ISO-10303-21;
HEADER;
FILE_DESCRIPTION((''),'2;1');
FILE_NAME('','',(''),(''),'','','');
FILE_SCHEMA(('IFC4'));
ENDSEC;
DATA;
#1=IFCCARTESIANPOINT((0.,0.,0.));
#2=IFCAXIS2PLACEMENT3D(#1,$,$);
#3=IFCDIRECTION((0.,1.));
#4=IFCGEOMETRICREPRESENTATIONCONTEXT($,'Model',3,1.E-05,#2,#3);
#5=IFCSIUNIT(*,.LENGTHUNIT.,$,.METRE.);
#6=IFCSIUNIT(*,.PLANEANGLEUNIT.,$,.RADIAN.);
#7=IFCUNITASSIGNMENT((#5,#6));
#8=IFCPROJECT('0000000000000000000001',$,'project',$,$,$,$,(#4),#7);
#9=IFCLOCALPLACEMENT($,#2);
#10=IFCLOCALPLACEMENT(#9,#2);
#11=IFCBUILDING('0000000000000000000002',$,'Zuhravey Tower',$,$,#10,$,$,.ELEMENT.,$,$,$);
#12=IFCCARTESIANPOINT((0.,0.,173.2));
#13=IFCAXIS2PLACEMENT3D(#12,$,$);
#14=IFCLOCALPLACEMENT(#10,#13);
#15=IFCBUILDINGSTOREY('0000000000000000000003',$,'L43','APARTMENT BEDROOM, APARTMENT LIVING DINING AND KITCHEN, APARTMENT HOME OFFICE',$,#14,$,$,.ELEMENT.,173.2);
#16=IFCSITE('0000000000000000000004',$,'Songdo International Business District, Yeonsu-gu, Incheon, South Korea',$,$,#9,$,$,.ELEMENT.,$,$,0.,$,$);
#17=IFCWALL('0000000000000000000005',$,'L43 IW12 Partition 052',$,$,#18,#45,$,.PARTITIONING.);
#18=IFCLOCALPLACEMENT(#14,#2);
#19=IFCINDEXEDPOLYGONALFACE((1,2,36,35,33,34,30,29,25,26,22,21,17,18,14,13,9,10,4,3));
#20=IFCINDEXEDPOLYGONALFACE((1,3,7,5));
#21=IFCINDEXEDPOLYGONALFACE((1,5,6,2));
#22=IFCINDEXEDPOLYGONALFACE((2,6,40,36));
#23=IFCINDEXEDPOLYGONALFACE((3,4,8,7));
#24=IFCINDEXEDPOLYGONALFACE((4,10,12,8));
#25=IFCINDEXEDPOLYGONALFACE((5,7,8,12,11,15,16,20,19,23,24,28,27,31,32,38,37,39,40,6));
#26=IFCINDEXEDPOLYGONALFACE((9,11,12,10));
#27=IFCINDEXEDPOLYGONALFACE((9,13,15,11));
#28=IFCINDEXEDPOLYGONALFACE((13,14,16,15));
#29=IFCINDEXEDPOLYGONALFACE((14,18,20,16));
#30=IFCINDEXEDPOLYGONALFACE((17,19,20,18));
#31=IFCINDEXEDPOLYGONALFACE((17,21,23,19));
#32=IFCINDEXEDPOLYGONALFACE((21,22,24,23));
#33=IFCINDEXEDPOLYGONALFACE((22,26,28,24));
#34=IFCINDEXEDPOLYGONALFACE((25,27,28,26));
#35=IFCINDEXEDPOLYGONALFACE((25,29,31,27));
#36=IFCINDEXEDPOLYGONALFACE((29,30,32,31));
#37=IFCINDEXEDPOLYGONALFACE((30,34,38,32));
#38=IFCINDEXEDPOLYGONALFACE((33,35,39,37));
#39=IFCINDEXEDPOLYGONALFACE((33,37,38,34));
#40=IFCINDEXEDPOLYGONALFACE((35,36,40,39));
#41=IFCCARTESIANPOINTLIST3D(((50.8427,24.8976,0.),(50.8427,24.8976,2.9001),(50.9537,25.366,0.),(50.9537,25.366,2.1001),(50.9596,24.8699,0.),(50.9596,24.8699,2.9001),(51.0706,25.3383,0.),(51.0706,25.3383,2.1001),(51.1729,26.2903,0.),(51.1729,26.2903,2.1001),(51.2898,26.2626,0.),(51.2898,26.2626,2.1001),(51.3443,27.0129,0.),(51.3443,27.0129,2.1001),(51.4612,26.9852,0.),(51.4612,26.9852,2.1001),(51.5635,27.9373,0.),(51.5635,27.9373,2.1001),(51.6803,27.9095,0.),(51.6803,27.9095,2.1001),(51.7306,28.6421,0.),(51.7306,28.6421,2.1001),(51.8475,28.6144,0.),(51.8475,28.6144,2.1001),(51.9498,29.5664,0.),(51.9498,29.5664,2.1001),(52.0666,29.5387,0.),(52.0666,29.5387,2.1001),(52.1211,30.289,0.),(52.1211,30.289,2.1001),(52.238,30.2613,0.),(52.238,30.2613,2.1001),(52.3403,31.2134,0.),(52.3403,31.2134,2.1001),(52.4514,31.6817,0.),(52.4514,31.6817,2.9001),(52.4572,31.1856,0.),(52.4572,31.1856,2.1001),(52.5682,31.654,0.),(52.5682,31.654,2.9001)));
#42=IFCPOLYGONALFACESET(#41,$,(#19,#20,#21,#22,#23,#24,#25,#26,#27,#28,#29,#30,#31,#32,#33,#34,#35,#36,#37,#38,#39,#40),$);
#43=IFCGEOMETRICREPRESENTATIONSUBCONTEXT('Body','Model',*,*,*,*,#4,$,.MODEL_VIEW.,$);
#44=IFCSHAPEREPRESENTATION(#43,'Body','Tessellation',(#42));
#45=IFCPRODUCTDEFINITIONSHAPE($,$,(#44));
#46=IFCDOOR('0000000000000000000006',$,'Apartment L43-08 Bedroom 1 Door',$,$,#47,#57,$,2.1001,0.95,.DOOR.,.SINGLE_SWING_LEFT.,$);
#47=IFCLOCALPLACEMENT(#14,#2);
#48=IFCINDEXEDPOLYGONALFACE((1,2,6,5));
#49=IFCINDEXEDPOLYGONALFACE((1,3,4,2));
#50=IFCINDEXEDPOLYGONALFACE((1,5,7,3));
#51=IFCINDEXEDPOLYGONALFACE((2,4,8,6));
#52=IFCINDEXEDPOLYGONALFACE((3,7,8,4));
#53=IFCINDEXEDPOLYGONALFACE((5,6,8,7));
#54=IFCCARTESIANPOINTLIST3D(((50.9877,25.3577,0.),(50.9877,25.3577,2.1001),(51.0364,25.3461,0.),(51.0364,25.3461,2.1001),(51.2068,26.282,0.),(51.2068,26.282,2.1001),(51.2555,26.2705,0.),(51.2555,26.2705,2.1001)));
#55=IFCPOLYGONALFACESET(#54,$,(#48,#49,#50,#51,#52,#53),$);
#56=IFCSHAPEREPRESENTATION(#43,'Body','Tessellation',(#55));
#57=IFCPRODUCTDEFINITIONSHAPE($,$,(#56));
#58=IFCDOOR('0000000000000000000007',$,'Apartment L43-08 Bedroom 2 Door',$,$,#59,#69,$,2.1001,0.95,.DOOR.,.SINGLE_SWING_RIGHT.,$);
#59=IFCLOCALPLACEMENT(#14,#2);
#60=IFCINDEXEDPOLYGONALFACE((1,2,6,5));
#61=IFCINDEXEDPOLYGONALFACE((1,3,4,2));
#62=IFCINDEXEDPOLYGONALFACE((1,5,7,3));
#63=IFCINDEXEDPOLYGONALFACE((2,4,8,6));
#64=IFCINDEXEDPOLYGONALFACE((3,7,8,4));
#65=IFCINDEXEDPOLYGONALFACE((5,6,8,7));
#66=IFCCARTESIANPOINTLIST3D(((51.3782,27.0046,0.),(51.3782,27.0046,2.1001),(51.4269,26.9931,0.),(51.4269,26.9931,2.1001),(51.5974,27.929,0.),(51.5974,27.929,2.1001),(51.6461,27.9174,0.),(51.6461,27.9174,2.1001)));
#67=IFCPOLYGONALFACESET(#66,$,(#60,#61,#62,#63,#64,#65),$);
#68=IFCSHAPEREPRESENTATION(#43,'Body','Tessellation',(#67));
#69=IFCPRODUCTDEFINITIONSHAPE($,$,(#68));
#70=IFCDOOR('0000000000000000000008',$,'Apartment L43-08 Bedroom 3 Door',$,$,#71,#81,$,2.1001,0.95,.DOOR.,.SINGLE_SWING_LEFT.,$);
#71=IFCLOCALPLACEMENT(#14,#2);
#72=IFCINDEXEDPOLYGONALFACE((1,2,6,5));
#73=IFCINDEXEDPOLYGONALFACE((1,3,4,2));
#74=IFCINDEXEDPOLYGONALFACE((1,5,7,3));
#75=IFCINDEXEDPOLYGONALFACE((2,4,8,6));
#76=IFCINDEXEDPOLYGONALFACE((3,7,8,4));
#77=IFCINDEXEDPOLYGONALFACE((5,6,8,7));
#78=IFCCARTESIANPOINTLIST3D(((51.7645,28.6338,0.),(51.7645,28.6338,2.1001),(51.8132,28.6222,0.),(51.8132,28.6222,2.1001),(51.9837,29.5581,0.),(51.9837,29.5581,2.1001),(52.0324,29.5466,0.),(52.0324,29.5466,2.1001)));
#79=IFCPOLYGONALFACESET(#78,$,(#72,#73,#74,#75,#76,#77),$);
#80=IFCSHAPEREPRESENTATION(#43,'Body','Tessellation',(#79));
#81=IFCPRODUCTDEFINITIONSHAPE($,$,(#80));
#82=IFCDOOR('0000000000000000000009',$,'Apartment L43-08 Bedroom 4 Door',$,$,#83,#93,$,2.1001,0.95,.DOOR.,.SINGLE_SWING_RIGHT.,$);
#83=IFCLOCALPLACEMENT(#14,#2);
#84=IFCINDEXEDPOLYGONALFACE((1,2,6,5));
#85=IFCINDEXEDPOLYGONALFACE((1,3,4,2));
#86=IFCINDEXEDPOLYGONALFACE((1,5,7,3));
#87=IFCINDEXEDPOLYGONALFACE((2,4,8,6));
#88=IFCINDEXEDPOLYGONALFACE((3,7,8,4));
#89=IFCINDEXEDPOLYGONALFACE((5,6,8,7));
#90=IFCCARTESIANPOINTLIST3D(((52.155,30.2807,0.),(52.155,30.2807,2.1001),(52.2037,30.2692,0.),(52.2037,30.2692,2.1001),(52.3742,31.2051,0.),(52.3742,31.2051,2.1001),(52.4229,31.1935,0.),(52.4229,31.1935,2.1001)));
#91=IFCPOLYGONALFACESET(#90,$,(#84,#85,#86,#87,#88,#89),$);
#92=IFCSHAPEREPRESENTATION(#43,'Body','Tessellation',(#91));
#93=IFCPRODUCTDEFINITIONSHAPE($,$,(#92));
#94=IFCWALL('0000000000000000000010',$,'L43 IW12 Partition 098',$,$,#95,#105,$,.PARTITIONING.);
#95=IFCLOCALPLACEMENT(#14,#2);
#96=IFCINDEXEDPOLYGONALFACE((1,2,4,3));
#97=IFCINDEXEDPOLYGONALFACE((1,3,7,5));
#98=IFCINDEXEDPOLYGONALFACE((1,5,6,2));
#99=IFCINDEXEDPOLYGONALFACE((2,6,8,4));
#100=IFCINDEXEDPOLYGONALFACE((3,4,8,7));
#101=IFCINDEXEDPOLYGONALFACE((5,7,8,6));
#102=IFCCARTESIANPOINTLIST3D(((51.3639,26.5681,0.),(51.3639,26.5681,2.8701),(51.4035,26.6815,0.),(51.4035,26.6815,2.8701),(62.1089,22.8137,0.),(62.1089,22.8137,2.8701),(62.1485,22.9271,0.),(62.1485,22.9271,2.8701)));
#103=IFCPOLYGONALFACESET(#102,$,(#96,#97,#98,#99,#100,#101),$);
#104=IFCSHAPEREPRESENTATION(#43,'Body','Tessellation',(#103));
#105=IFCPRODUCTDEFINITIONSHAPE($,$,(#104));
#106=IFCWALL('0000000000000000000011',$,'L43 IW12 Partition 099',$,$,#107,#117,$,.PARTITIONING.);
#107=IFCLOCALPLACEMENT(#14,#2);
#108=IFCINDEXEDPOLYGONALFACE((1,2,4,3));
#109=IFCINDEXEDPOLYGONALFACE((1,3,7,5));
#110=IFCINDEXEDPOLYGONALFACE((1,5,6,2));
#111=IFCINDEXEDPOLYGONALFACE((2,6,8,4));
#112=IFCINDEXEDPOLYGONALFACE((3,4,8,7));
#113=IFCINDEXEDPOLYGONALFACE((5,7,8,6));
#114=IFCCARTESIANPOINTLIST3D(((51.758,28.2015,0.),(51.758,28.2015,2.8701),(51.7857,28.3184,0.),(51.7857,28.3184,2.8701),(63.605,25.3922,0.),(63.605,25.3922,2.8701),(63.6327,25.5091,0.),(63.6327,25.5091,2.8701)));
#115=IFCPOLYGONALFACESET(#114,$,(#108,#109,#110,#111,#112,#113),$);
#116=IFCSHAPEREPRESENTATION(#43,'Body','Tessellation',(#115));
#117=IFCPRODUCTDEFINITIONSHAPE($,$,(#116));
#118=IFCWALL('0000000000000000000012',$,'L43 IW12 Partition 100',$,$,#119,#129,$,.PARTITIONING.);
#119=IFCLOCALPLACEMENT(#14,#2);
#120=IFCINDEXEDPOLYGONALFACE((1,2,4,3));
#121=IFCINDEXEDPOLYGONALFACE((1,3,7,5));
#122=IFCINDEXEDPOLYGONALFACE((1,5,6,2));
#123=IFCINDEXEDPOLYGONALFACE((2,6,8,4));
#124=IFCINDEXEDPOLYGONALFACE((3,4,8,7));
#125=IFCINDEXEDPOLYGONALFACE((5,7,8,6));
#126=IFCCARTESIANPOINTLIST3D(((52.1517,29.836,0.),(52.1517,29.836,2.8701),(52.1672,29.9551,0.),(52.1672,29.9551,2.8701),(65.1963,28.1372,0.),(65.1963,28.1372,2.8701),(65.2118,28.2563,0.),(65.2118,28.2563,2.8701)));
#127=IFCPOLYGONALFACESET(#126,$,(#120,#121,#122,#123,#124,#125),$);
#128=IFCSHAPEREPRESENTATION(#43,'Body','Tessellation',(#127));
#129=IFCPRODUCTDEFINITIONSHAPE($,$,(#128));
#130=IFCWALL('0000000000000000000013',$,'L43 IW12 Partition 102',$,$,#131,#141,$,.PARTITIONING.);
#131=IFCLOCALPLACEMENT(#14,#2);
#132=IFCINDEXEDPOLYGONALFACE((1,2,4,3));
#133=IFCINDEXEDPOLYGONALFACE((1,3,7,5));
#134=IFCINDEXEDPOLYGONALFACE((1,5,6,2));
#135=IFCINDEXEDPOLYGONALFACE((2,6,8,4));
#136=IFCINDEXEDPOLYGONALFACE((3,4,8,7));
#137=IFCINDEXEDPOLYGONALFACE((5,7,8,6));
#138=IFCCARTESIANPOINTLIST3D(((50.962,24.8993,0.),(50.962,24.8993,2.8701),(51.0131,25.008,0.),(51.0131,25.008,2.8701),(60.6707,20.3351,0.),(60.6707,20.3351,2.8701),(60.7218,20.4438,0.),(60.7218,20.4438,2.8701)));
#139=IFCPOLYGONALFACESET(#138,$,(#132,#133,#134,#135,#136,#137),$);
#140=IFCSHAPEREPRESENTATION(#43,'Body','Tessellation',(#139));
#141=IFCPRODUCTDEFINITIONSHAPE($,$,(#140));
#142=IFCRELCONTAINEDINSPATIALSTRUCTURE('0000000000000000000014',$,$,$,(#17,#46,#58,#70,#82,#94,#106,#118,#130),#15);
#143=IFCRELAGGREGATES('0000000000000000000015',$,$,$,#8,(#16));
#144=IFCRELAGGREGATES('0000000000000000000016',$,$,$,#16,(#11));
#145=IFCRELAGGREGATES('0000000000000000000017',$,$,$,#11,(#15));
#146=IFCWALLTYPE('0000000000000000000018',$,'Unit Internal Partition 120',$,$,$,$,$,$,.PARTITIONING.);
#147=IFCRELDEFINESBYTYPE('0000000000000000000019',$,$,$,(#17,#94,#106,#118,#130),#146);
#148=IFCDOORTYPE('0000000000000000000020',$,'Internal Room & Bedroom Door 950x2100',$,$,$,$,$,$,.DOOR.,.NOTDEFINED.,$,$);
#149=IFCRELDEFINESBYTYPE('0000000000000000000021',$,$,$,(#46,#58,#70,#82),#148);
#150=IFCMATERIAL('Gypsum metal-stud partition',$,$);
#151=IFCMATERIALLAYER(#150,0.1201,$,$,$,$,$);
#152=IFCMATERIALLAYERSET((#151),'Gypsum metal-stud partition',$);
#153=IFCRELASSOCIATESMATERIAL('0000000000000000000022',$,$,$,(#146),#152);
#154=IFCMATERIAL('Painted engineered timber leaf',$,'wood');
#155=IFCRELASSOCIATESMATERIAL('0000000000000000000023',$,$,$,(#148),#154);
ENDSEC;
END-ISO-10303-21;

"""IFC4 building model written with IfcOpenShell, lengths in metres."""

from ifc_helpers import new_model, si_unit, direction, frame, frame_2d, origin, place, context, subcontext, project, spatial, rectangle, extrude, material, layer, layer_set, type_object, element, fill, save


model = new_model("IFC4")

# Units and contexts
model_context = context("Model", 3, precision=1e-05, world=origin(), true_north=direction((0.0, 1.0)))
body_context = subcontext(model_context, "Body", "Model", "MODEL_VIEW")
ifc_project = project(units=[si_unit("LENGTHUNIT", "METRE"), si_unit("PLANEANGLEUNIT", "RADIAN")], contexts=[model_context])

# Site, building, storey
site_placement = place(None, origin())
site = spatial("IfcSite", under=ifc_project, at=site_placement, Name="Songdo International Business District, Yeonsu-gu, Incheon, South Korea", CompositionType="ELEMENT", RefElevation=0.0)
building_placement = place(site_placement, origin())
building = spatial("IfcBuilding", under=site, at=building_placement, Name="Zuhravey Tower", CompositionType="ELEMENT")
storey_placement = place(building_placement, frame((0.0, 0.0, 173.2)))
storey = spatial("IfcBuildingStorey", under=building, at=storey_placement, Name="L43", Description="APARTMENT BEDROOM, APARTMENT LIVING DINING AND KITCHEN, APARTMENT HOME OFFICE", CompositionType="ELEMENT", Elevation=173.2)

# Wall, openings, doors
ifc_material_1 = material(Name="Gypsum metal-stud partition")
ifc_layer_1 = layer(ifc_material_1, 0.1201)
ifc_layer_set_1 = layer_set([ifc_layer_1], Name="Gypsum metal-stud partition")
wall_type_1 = type_object("IfcWallType", Name="Unit Internal Partition 120", PredefinedType="PARTITIONING", material=ifc_layer_set_1)
ifc_material_2 = material(Name="Painted engineered timber leaf", Category="wood")
door_type_1 = type_object("IfcDoorType", Name="Internal Room & Bedroom Door 950x2100", OperationType="NOTDEFINED", PredefinedType="DOOR", material=ifc_material_2)
wall_1_placement = place(storey_placement, frame((50.9011, 24.8838, 0.0), z_axis=(0.0, 0.0, 1.0), x_axis=(0.230727, 0.973018, 0.0)))
wall_1 = element("IfcWall", 1, at=wall_1_placement, inside=storey, type_object=wall_type_1, Name="L43 IW12 Partition 052", PredefinedType="PARTITIONING", context=body_context, shape_type="SweptSolid", body=[
    extrude(rectangle(XDim=6.9722, YDim=0.1201, at=frame_2d((3.4861, 0.0))), origin(), (0.0, 0.0, 1.0), 2.9001),
])
opening_1_placement = place(wall_1_placement, frame((0.4812, 0.0, 0.0)))
opening_1 = element("IfcOpeningElement", 2, at=opening_1_placement, cuts=wall_1, PredefinedType="OPENING", context=body_context, shape_type="SweptSolid", body=[
    extrude(rectangle(XDim=0.95, YDim=2.1001, at=frame_2d((0.4751, 1.05))), frame((0.0, 0.072, 0.0), z_axis=(0.0, -1.0, 0.0), x_axis=(1.0, 0.0, 0.0)), (0.0, 0.0, 1.0), 0.144),
])
opening_2_placement = place(wall_1_placement, frame((2.1738, 0.0, 0.0)))
opening_2 = element("IfcOpeningElement", 3, at=opening_2_placement, cuts=wall_1, PredefinedType="OPENING", context=body_context, shape_type="SweptSolid", body=[
    extrude(rectangle(XDim=0.95, YDim=2.1001, at=frame_2d((0.4751, 1.05))), frame((0.0, 0.072, 0.0), z_axis=(0.0, -1.0, 0.0), x_axis=(1.0, 0.0, 0.0)), (0.0, 0.0, 1.0), 0.144),
])
opening_3_placement = place(wall_1_placement, frame((3.8481, 0.0, 0.0)))
opening_3 = element("IfcOpeningElement", 4, at=opening_3_placement, cuts=wall_1, PredefinedType="OPENING", context=body_context, shape_type="SweptSolid", body=[
    extrude(rectangle(XDim=0.95, YDim=2.1001, at=frame_2d((0.4751, 1.05))), frame((0.0, 0.072, 0.0), z_axis=(0.0, -1.0, 0.0), x_axis=(1.0, 0.0, 0.0)), (0.0, 0.0, 1.0), 0.144),
])
opening_4_placement = place(wall_1_placement, frame((5.5408, 0.0, 0.0)))
opening_4 = element("IfcOpeningElement", 5, at=opening_4_placement, cuts=wall_1, PredefinedType="OPENING", context=body_context, shape_type="SweptSolid", body=[
    extrude(rectangle(XDim=0.95, YDim=2.1001, at=frame_2d((0.4751, 1.05))), frame((0.0, 0.072, 0.0), z_axis=(0.0, -1.0, 0.0), x_axis=(1.0, 0.0, 0.0)), (0.0, 0.0, 1.0), 0.144),
])
door_1_placement = place(opening_1_placement, frame((0.95, 0.0, 0.0), z_axis=(0.0, 0.0, 1.0), x_axis=(-1.0, 0.0, 0.0)))
door_1 = element("IfcDoor", 6, at=door_1_placement, inside=storey, type_object=door_type_1, Name="Apartment L43-08 Bedroom 1 Door", OperationType="SINGLE_SWING_LEFT", OverallHeight=2.1001, OverallWidth=0.95, PredefinedType="DOOR", context=body_context, shape_type="SweptSolid", body=[
    extrude(rectangle(XDim=0.95, YDim=2.1001, at=frame_2d((0.4751, 1.05))), frame((0.0, 0.0249, 0.0), z_axis=(0.0, -1.0, 0.0), x_axis=(1.0, 0.0, 0.0)), (0.0, 0.0, 1.0), 0.05),
])
fill(opening_1, door_1)
door_2_placement = place(opening_2_placement, frame((0.95, 0.0, 0.0), z_axis=(0.0, 0.0, 1.0), x_axis=(-1.0, 0.0, 0.0)))
door_2 = element("IfcDoor", 7, at=door_2_placement, inside=storey, type_object=door_type_1, Name="Apartment L43-08 Bedroom 2 Door", OperationType="SINGLE_SWING_RIGHT", OverallHeight=2.1001, OverallWidth=0.95, PredefinedType="DOOR", context=body_context, shape_type="SweptSolid", body=[
    extrude(rectangle(XDim=0.95, YDim=2.1001, at=frame_2d((0.4751, 1.05))), frame((0.0, 0.0249, 0.0), z_axis=(0.0, -1.0, 0.0), x_axis=(1.0, 0.0, 0.0)), (0.0, 0.0, 1.0), 0.05),
])
fill(opening_2, door_2)
door_3_placement = place(opening_3_placement, frame((0.95, 0.0, 0.0), z_axis=(0.0, 0.0, 1.0), x_axis=(-1.0, 0.0, 0.0)))
door_3 = element("IfcDoor", 8, at=door_3_placement, inside=storey, type_object=door_type_1, Name="Apartment L43-08 Bedroom 3 Door", OperationType="SINGLE_SWING_LEFT", OverallHeight=2.1001, OverallWidth=0.95, PredefinedType="DOOR", context=body_context, shape_type="SweptSolid", body=[
    extrude(rectangle(XDim=0.95, YDim=2.1001, at=frame_2d((0.4751, 1.05))), frame((0.0, 0.0249, 0.0), z_axis=(0.0, -1.0, 0.0), x_axis=(1.0, 0.0, 0.0)), (0.0, 0.0, 1.0), 0.05),
])
fill(opening_3, door_3)
door_4_placement = place(opening_4_placement, frame((0.95, 0.0, 0.0), z_axis=(0.0, 0.0, 1.0), x_axis=(-1.0, 0.0, 0.0)))
door_4 = element("IfcDoor", 9, at=door_4_placement, inside=storey, type_object=door_type_1, Name="Apartment L43-08 Bedroom 4 Door", OperationType="SINGLE_SWING_RIGHT", OverallHeight=2.1001, OverallWidth=0.95, PredefinedType="DOOR", context=body_context, shape_type="SweptSolid", body=[
    extrude(rectangle(XDim=0.95, YDim=2.1001, at=frame_2d((0.4751, 1.05))), frame((0.0, 0.0249, 0.0), z_axis=(0.0, -1.0, 0.0), x_axis=(1.0, 0.0, 0.0)), (0.0, 0.0, 1.0), 0.05),
])
fill(opening_4, door_4)

# Walls
wall_2_placement = place(storey_placement, frame((51.3838, 26.6248, 0.0), z_axis=(0.0, 0.0, 1.0), x_axis=(0.944033, -0.32985, 0.0)))
element("IfcWall", 10, at=wall_2_placement, inside=storey, type_object=wall_type_1, Name="L43 IW12 Partition 098", PredefinedType="PARTITIONING", context=body_context, shape_type="SweptSolid", body=[
    extrude(rectangle(XDim=11.3821, YDim=0.1201, at=frame_2d((5.6909, 0.0))), origin(), (0.0, 0.0, 1.0), 2.8701),
])
wall_3_placement = place(storey_placement, frame((51.7717, 28.26, 0.0), z_axis=(0.0, 0.0, 1.0), x_axis=(0.973016, -0.230737, 0.0)))
element("IfcWall", 11, at=wall_3_placement, inside=storey, type_object=wall_type_1, Name="L43 IW12 Partition 099", PredefinedType="PARTITIONING", context=body_context, shape_type="SweptSolid", body=[
    extrude(rectangle(XDim=12.1755, YDim=0.1201, at=frame_2d((6.0879, 0.0))), origin(), (0.0, 0.0, 1.0), 2.8701),
])
wall_4_placement = place(storey_placement, frame((52.1594, 29.8955, 0.0), z_axis=(0.0, 0.0, 1.0), x_axis=(0.991627, -0.129134, 0.0)))
element("IfcWall", 12, at=wall_4_placement, inside=storey, type_object=wall_type_1, Name="L43 IW12 Partition 100", PredefinedType="PARTITIONING", context=body_context, shape_type="SweptSolid", body=[
    extrude(rectangle(XDim=13.1548, YDim=0.1201, at=frame_2d((6.5774, 0.0))), origin(), (0.0, 0.0, 1.0), 2.8701),
])
wall_5_placement = place(storey_placement, frame((50.9875, 24.9536, 0.0), z_axis=(0.0, 0.0, 1.0), x_axis=(0.904984, -0.425445, 0.0)))
element("IfcWall", 13, at=wall_5_placement, inside=storey, type_object=wall_type_1, Name="L43 IW12 Partition 102", PredefinedType="PARTITIONING", context=body_context, shape_type="SweptSolid", body=[
    extrude(rectangle(XDim=10.728, YDim=0.1201, at=frame_2d((5.364, 0.0))), origin(), (0.0, 0.0, 1.0), 2.8701),
])

save(model, "model.ifc")
